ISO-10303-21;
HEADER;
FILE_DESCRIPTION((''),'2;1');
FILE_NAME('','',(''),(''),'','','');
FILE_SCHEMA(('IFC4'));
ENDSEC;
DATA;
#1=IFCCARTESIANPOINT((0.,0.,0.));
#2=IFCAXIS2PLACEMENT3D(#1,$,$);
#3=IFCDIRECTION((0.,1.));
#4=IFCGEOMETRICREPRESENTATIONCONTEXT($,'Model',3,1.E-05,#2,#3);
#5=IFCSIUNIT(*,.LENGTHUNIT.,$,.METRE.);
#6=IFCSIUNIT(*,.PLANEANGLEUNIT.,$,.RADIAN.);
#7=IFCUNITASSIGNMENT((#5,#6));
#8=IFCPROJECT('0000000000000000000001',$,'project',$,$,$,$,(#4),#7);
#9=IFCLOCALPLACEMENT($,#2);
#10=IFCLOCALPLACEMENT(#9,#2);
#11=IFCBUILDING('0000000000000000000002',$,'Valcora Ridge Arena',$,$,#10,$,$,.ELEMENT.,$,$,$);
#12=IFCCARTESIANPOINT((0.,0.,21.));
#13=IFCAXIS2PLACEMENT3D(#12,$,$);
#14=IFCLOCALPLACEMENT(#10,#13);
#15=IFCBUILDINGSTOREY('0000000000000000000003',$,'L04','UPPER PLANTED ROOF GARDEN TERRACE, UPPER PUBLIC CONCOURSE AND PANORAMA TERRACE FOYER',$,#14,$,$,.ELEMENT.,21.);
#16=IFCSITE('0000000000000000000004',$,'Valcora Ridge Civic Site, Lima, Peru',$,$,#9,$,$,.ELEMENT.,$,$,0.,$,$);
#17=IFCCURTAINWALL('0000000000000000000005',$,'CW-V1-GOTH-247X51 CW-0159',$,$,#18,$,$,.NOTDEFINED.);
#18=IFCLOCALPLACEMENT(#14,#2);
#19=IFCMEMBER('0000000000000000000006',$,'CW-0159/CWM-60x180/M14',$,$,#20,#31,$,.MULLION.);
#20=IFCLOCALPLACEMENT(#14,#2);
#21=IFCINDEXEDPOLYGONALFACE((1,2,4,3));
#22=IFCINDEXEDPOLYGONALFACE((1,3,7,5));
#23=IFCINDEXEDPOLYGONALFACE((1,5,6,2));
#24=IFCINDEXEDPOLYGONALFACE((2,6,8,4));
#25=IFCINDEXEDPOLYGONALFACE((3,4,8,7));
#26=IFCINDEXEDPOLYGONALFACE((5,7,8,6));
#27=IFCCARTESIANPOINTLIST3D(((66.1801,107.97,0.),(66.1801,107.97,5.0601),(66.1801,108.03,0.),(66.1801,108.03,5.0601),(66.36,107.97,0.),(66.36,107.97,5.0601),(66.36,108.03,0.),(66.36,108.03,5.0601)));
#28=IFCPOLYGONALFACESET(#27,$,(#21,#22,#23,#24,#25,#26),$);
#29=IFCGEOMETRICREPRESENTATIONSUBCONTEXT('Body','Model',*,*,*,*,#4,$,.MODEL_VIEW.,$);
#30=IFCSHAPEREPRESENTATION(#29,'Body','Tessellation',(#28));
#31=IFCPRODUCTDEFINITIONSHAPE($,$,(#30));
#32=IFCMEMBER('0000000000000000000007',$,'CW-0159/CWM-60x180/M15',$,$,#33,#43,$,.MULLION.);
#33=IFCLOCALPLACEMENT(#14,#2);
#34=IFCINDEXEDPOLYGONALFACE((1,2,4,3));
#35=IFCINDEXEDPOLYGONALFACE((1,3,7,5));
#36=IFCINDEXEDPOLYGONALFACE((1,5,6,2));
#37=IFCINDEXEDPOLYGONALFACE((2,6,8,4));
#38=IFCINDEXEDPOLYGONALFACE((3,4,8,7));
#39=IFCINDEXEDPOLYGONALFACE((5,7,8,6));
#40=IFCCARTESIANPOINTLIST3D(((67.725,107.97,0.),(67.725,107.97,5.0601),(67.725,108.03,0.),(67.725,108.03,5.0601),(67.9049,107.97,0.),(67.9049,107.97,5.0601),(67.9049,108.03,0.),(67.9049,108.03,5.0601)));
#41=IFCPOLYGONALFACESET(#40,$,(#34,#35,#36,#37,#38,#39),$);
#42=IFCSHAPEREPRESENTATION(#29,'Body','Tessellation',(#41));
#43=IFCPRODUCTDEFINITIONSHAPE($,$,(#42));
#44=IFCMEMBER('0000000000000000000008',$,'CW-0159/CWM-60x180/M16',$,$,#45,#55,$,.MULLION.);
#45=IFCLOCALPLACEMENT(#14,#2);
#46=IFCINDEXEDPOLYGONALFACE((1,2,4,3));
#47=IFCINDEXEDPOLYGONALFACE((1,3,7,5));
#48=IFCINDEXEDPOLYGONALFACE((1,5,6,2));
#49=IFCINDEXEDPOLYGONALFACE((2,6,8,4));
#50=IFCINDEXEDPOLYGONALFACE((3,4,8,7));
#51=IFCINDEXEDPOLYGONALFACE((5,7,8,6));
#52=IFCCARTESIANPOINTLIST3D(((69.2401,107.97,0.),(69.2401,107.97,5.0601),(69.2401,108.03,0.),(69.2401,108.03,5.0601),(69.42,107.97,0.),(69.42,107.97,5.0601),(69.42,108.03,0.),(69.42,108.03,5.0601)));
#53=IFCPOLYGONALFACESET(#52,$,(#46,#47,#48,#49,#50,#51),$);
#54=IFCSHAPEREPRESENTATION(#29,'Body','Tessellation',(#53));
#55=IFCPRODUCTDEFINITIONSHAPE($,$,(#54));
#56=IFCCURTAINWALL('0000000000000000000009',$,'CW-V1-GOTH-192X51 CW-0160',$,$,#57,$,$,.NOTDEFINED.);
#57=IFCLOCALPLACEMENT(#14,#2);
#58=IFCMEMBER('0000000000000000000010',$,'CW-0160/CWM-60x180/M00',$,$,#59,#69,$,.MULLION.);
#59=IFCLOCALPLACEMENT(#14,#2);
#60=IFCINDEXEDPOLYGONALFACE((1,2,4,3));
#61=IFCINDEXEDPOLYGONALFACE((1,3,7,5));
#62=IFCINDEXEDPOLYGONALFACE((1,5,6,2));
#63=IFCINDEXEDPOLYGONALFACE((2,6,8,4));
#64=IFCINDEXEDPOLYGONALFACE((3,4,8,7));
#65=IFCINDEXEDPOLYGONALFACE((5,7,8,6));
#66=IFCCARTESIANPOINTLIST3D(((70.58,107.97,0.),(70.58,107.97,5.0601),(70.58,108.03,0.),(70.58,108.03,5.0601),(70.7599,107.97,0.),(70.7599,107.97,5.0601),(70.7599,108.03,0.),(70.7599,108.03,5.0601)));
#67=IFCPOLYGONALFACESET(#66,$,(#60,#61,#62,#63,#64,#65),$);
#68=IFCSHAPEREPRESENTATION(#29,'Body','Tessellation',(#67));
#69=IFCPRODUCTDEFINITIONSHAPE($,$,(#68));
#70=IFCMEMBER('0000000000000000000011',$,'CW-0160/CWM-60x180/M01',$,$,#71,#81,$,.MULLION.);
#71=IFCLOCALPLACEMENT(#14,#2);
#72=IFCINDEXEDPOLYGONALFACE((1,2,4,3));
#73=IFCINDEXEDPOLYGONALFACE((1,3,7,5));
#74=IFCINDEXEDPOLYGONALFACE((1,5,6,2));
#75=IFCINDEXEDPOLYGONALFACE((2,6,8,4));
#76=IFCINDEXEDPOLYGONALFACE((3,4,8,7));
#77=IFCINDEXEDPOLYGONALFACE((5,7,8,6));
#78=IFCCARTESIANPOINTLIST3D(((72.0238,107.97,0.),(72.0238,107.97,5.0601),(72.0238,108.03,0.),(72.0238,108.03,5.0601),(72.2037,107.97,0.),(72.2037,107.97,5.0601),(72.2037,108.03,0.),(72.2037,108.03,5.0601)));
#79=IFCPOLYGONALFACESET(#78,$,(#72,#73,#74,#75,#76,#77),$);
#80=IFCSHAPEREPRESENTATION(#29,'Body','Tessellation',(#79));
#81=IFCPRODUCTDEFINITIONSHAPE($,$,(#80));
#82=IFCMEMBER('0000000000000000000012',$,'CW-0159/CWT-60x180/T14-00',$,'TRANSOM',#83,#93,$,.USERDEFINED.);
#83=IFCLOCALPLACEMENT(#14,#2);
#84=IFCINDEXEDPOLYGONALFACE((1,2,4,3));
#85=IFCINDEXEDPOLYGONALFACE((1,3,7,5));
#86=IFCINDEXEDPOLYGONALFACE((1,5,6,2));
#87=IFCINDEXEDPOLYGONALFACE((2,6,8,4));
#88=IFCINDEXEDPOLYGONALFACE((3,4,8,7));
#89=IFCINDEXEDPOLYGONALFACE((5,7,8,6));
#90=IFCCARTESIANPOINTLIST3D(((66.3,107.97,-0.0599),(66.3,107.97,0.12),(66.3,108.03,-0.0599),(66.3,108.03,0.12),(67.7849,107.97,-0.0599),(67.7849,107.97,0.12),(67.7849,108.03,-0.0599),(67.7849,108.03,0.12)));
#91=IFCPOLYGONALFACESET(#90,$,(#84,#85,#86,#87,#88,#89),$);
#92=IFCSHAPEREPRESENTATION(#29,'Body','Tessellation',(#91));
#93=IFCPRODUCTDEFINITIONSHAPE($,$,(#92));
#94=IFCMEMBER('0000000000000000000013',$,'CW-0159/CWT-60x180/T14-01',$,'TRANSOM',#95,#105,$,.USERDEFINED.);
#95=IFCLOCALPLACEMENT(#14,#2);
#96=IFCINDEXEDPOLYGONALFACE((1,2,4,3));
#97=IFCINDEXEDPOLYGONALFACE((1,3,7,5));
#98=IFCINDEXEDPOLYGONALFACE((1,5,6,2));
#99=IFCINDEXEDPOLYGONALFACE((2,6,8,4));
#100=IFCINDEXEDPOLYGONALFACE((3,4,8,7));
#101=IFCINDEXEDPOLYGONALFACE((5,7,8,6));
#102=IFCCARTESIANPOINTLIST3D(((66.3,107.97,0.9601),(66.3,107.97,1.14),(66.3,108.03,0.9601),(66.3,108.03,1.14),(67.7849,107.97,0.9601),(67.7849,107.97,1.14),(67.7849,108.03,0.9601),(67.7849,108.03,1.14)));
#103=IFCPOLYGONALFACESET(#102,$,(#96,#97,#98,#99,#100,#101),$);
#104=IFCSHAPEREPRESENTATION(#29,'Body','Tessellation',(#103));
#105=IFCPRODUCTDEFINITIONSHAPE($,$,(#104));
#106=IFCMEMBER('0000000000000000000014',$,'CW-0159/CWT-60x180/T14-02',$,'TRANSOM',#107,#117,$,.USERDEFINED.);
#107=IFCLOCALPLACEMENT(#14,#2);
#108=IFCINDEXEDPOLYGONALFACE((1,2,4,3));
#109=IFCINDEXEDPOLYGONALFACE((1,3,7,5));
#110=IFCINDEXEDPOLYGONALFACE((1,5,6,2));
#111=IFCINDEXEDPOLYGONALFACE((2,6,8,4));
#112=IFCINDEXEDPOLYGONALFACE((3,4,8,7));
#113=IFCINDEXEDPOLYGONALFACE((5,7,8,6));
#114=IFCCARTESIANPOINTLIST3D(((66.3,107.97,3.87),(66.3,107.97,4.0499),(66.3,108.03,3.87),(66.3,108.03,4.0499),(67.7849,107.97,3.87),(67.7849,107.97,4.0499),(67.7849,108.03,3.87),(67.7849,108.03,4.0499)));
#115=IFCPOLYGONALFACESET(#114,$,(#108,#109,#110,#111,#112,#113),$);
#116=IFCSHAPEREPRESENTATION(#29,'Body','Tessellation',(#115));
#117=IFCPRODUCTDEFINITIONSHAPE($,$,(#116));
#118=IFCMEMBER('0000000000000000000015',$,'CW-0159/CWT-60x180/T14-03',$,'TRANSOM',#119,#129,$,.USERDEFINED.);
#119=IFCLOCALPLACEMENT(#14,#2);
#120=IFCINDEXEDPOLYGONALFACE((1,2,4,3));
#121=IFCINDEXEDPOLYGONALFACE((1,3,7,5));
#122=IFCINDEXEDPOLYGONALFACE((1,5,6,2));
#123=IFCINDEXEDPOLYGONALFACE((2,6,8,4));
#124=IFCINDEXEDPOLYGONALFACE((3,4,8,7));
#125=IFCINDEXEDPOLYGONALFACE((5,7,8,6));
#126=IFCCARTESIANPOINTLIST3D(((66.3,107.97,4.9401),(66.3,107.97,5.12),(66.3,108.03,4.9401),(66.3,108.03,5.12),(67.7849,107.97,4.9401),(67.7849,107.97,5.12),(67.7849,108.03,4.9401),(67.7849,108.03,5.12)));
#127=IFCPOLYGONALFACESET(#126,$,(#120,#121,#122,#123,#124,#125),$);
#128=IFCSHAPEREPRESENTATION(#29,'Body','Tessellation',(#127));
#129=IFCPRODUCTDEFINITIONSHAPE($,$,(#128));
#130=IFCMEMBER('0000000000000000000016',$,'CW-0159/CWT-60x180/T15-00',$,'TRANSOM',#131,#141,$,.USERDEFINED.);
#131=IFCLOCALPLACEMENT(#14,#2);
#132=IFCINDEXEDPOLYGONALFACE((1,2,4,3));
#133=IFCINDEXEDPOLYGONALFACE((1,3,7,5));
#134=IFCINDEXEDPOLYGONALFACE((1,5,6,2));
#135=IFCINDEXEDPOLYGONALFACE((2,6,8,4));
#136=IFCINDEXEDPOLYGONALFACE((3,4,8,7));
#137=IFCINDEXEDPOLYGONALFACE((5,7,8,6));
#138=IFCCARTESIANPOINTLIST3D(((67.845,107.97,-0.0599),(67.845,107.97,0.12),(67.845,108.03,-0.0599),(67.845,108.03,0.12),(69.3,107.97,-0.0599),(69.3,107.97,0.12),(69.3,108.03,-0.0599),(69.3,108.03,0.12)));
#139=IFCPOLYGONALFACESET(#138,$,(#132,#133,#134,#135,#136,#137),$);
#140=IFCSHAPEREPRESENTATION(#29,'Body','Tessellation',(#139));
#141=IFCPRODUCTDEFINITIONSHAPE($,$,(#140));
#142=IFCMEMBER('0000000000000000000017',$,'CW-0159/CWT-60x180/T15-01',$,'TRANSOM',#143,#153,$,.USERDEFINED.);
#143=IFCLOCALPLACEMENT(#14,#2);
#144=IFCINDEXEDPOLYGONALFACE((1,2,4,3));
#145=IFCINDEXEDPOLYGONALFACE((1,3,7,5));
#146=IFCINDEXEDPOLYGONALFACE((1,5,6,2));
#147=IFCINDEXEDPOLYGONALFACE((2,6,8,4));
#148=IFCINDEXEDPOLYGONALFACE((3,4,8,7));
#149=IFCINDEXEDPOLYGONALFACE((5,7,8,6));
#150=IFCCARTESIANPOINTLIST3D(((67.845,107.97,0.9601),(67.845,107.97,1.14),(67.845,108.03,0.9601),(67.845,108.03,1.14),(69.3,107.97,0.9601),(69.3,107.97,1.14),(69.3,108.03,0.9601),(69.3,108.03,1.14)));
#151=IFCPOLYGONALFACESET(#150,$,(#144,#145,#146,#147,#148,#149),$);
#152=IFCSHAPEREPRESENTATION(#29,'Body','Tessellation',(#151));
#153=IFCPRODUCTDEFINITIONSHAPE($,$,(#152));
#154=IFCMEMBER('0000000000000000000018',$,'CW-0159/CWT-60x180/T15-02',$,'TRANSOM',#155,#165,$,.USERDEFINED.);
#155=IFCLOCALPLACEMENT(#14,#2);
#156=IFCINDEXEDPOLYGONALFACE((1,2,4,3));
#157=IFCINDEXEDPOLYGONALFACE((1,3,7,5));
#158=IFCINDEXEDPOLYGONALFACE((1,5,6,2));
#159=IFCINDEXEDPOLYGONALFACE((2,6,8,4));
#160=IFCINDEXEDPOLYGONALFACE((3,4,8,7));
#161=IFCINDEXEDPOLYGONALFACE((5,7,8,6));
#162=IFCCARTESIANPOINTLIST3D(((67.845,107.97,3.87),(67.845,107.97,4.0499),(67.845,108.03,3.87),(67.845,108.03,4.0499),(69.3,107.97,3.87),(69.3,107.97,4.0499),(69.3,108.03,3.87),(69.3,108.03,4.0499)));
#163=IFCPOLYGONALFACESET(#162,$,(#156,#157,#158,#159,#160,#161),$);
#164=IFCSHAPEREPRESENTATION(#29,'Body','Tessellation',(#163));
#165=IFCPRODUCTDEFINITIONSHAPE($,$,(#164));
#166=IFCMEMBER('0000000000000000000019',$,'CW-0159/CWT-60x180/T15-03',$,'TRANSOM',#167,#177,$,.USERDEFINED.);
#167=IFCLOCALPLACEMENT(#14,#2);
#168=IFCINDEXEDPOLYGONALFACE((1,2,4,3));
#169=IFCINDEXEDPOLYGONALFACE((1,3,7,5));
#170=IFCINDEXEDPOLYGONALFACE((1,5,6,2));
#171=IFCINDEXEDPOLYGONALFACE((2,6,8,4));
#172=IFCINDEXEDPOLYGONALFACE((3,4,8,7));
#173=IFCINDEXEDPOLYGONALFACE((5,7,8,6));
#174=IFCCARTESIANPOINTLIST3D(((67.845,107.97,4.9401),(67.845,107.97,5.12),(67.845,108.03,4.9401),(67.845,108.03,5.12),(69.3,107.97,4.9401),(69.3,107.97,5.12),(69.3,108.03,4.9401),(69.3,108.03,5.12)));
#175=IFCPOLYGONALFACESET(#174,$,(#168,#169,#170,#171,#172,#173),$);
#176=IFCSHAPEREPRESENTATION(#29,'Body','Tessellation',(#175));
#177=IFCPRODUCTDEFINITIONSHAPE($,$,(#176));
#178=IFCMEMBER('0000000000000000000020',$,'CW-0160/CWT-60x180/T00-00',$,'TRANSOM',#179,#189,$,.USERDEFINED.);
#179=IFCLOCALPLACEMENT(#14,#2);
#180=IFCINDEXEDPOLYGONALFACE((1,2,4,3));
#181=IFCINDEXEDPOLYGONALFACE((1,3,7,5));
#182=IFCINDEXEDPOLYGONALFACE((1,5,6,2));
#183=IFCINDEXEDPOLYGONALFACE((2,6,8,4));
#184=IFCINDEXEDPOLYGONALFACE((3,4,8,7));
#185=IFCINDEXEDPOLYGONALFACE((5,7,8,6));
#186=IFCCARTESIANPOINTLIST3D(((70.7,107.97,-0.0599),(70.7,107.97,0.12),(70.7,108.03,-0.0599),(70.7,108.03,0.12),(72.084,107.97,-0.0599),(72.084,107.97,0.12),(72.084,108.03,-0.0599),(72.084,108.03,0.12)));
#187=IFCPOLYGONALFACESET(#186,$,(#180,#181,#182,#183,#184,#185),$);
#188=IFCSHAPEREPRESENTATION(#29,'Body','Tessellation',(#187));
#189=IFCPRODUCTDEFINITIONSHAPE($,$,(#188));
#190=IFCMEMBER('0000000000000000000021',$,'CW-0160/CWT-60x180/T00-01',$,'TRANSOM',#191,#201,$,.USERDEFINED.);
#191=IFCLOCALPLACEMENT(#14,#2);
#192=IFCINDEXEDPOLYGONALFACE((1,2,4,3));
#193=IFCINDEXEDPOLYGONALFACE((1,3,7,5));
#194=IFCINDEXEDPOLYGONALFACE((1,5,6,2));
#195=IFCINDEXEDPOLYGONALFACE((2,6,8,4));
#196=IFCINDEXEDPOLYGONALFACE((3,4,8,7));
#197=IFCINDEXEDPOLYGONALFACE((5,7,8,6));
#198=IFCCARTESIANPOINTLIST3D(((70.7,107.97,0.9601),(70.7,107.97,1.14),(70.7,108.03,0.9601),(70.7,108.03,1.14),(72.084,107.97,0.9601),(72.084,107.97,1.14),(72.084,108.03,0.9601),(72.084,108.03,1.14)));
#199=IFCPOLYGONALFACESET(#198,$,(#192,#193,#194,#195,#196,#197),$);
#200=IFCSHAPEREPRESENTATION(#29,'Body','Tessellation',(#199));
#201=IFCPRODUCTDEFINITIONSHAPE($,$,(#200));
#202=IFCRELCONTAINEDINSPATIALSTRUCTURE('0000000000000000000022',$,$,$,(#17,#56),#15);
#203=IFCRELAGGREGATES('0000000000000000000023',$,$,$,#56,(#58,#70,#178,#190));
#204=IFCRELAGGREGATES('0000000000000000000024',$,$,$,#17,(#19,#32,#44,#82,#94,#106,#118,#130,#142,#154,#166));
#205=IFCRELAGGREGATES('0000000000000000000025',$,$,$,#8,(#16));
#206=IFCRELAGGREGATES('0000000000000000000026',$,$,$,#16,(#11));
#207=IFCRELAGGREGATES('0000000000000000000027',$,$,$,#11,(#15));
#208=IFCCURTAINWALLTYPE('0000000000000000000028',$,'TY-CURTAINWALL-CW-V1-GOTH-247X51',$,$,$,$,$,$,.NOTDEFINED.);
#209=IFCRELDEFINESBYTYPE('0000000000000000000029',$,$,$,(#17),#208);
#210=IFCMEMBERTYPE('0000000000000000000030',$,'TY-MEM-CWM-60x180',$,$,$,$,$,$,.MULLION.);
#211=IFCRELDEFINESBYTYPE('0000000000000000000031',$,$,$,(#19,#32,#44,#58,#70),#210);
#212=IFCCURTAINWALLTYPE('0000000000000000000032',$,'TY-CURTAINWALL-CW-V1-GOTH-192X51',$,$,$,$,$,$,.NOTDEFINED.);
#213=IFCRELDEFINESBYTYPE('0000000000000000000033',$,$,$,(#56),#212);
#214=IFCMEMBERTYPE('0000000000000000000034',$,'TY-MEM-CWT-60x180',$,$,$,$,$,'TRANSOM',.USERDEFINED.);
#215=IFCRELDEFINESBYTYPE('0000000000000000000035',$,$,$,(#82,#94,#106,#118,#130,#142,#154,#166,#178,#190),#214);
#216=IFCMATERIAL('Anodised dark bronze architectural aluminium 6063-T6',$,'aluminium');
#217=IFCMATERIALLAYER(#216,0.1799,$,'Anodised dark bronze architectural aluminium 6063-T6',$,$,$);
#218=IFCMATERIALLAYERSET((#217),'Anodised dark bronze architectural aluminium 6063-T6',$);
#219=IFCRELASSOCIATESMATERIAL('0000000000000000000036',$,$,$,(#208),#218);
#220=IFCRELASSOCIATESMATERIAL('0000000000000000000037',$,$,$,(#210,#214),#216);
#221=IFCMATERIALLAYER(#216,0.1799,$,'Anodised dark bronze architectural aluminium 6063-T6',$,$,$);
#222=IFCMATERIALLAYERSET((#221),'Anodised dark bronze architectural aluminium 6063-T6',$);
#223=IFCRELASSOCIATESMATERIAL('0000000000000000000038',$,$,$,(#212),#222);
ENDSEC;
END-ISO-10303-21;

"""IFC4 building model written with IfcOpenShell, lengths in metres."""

from ifc_helpers import new_model, si_unit, direction, frame, origin, origin_2d, place, context, subcontext, project, spatial, rectangle, extrude, material, layer, layer_set, material_profile, profile_set, type_object, element, aggregate, save


model = new_model("IFC4")

# Units and contexts
model_context = context("Model", 3, precision=1e-05, world=origin(), true_north=direction((0.0, 1.0)))
body_context = subcontext(model_context, "Body", "Model", "MODEL_VIEW")
ifc_project = project(units=[si_unit("LENGTHUNIT", "METRE"), si_unit("PLANEANGLEUNIT", "RADIAN")], contexts=[model_context])

# Site, building, storey
site_placement = place(None, origin())
site = spatial("IfcSite", under=ifc_project, at=site_placement, Name="Valcora Ridge Civic Site, Lima, Peru", CompositionType="ELEMENT", RefElevation=0.0)
building_placement = place(site_placement, origin())
building = spatial("IfcBuilding", under=site, at=building_placement, Name="Valcora Ridge Arena", CompositionType="ELEMENT")
storey_placement = place(building_placement, frame((0.0, 0.0, 21.0)))
storey = spatial("IfcBuildingStorey", under=building, at=storey_placement, Name="L04", Description="UPPER PLANTED ROOF GARDEN TERRACE, UPPER PUBLIC CONCOURSE AND PANORAMA TERRACE FOYER", CompositionType="ELEMENT", Elevation=21.0)

# Curtain walls, members
ifc_material_1 = material(Name="Anodised dark bronze architectural aluminium 6063-T6", Category="aluminium")
ifc_layer_1 = layer(ifc_material_1, 0.1799, Name="Anodised dark bronze architectural aluminium 6063-T6")
ifc_layer_set_1 = layer_set([ifc_layer_1], Name="Anodised dark bronze architectural aluminium 6063-T6")
curtain_wall_type_1 = type_object("IfcCurtainWallType", Name="TY-CURTAINWALL-CW-V1-GOTH-247X51", PredefinedType="NOTDEFINED", material=ifc_layer_set_1)
curtain_wall_1_placement = place(storey_placement, origin())
curtain_wall_1 = element("IfcCurtainWall", 1, at=curtain_wall_1_placement, inside=storey, type_object=curtain_wall_type_1, Name="CW-V1-GOTH-247X51 CW-0159", PredefinedType="NOTDEFINED")
ifc_material_profile_1 = material_profile(ifc_material_1, rectangle(XDim=0.0601, YDim=0.1799, at=origin_2d()), Name="ALU MULLION 60x180")
ifc_profile_set_1 = profile_set([ifc_material_profile_1], Name="Anodised dark bronze architectural aluminium 6063-T6")
member_type_1 = type_object("IfcMemberType", Name="TY-MEM-CWM-60x180", PredefinedType="MULLION", material=ifc_profile_set_1)
member_1_placement = place(storey_placement, frame((66.27, 108.0, 0.0), z_axis=(0.0, 0.0, 1.0), x_axis=(0.0, 1.0, 0.0)))
member_1 = element("IfcMember", 2, at=member_1_placement, type_object=member_type_1, Name="CW-0159/CWM-60x180/M14", PredefinedType="MULLION", context=body_context, shape_type="SweptSolid", body=[
    extrude(rectangle(XDim=0.0601, YDim=0.1799, at=origin_2d()), origin(), (0.0, 0.0, 1.0), 5.0601),
])
member_2_placement = place(storey_placement, frame((67.8149, 108.0, 0.0), z_axis=(0.0, 0.0, 1.0), x_axis=(0.0, 1.0, 0.0)))
member_2 = element("IfcMember", 3, at=member_2_placement, type_object=member_type_1, Name="CW-0159/CWM-60x180/M15", PredefinedType="MULLION", context=body_context, shape_type="SweptSolid", body=[
    extrude(rectangle(XDim=0.0601, YDim=0.1799, at=origin_2d()), origin(), (0.0, 0.0, 1.0), 5.0601),
])
member_3_placement = place(storey_placement, frame((69.3301, 108.0, 0.0), z_axis=(0.0, 0.0, 1.0), x_axis=(0.0, 1.0, 0.0)))
member_3 = element("IfcMember", 4, at=member_3_placement, type_object=member_type_1, Name="CW-0159/CWM-60x180/M16", PredefinedType="MULLION", context=body_context, shape_type="SweptSolid", body=[
    extrude(rectangle(XDim=0.0601, YDim=0.1799, at=origin_2d()), origin(), (0.0, 0.0, 1.0), 5.0601),
])
ifc_layer_2 = layer(ifc_material_1, 0.1799, Name="Anodised dark bronze architectural aluminium 6063-T6")
ifc_layer_set_2 = layer_set([ifc_layer_2], Name="Anodised dark bronze architectural aluminium 6063-T6")
curtain_wall_type_2 = type_object("IfcCurtainWallType", Name="TY-CURTAINWALL-CW-V1-GOTH-192X51", PredefinedType="NOTDEFINED", material=ifc_layer_set_2)
curtain_wall_2_placement = place(storey_placement, origin())
curtain_wall_2 = element("IfcCurtainWall", 5, at=curtain_wall_2_placement, inside=storey, type_object=curtain_wall_type_2, Name="CW-V1-GOTH-192X51 CW-0160", PredefinedType="NOTDEFINED")
member_4_placement = place(storey_placement, frame((70.6699, 108.0, 0.0), z_axis=(0.0, 0.0, 1.0), x_axis=(0.0, 1.0, 0.0)))
member_4 = element("IfcMember", 6, at=member_4_placement, type_object=member_type_1, Name="CW-0160/CWM-60x180/M00", PredefinedType="MULLION", context=body_context, shape_type="SweptSolid", body=[
    extrude(rectangle(XDim=0.0601, YDim=0.1799, at=origin_2d()), origin(), (0.0, 0.0, 1.0), 5.0601),
])
member_5_placement = place(storey_placement, frame((72.1138, 108.0, 0.0), z_axis=(0.0, 0.0, 1.0), x_axis=(0.0, 1.0, 0.0)))
member_5 = element("IfcMember", 7, at=member_5_placement, type_object=member_type_1, Name="CW-0160/CWM-60x180/M01", PredefinedType="MULLION", context=body_context, shape_type="SweptSolid", body=[
    extrude(rectangle(XDim=0.0601, YDim=0.1799, at=origin_2d()), origin(), (0.0, 0.0, 1.0), 5.0601),
])

# Members
ifc_material_profile_2 = material_profile(ifc_material_1, rectangle(XDim=0.0601, YDim=0.1799, at=origin_2d()), Name="ALU TRANSOM 60x180")
ifc_profile_set_2 = profile_set([ifc_material_profile_2], Name="Anodised dark bronze architectural aluminium 6063-T6")
member_type_2 = type_object("IfcMemberType", Name="TY-MEM-CWT-60x180", ElementType="TRANSOM", PredefinedType="USERDEFINED", material=ifc_profile_set_2)
member_6_placement = place(storey_placement, frame((66.3, 108.0, 0.03), z_axis=(1.0, 0.0, 0.0), x_axis=(0.0, 1.0, 0.0)))
member_6 = element("IfcMember", 8, at=member_6_placement, type_object=member_type_2, Name="CW-0159/CWT-60x180/T14-00", ObjectType="TRANSOM", PredefinedType="USERDEFINED", context=body_context, shape_type="SweptSolid", body=[
    extrude(rectangle(XDim=0.0601, YDim=0.1799, at=origin_2d()), origin(), (0.0, 0.0, 1.0), 1.4849),
])
member_7_placement = place(storey_placement, frame((66.3, 108.0, 1.05), z_axis=(1.0, 0.0, 0.0), x_axis=(0.0, 1.0, 0.0)))
member_7 = element("IfcMember", 9, at=member_7_placement, type_object=member_type_2, Name="CW-0159/CWT-60x180/T14-01", ObjectType="TRANSOM", PredefinedType="USERDEFINED", context=body_context, shape_type="SweptSolid", body=[
    extrude(rectangle(XDim=0.0601, YDim=0.1799, at=origin_2d()), origin(), (0.0, 0.0, 1.0), 1.4849),
])
member_8_placement = place(storey_placement, frame((66.3, 108.0, 3.96), z_axis=(1.0, 0.0, 0.0), x_axis=(0.0, 1.0, 0.0)))
member_8 = element("IfcMember", 10, at=member_8_placement, type_object=member_type_2, Name="CW-0159/CWT-60x180/T14-02", ObjectType="TRANSOM", PredefinedType="USERDEFINED", context=body_context, shape_type="SweptSolid", body=[
    extrude(rectangle(XDim=0.0601, YDim=0.1799, at=origin_2d()), origin(), (0.0, 0.0, 1.0), 1.4849),
])
member_9_placement = place(storey_placement, frame((66.3, 108.0, 5.03), z_axis=(1.0, 0.0, 0.0), x_axis=(0.0, 1.0, 0.0)))
member_9 = element("IfcMember", 11, at=member_9_placement, type_object=member_type_2, Name="CW-0159/CWT-60x180/T14-03", ObjectType="TRANSOM", PredefinedType="USERDEFINED", context=body_context, shape_type="SweptSolid", body=[
    extrude(rectangle(XDim=0.0601, YDim=0.1799, at=origin_2d()), origin(), (0.0, 0.0, 1.0), 1.4849),
])
member_10_placement = place(storey_placement, frame((67.845, 108.0, 0.03), z_axis=(1.0, 0.0, 0.0), x_axis=(0.0, 1.0, 0.0)))
member_10 = element("IfcMember", 12, at=member_10_placement, type_object=member_type_2, Name="CW-0159/CWT-60x180/T15-00", ObjectType="TRANSOM", PredefinedType="USERDEFINED", context=body_context, shape_type="SweptSolid", body=[
    extrude(rectangle(XDim=0.0601, YDim=0.1799, at=origin_2d()), origin(), (0.0, 0.0, 1.0), 1.4551),
])
member_11_placement = place(storey_placement, frame((67.845, 108.0, 1.05), z_axis=(1.0, 0.0, 0.0), x_axis=(0.0, 1.0, 0.0)))
member_11 = element("IfcMember", 13, at=member_11_placement, type_object=member_type_2, Name="CW-0159/CWT-60x180/T15-01", ObjectType="TRANSOM", PredefinedType="USERDEFINED", context=body_context, shape_type="SweptSolid", body=[
    extrude(rectangle(XDim=0.0601, YDim=0.1799, at=origin_2d()), origin(), (0.0, 0.0, 1.0), 1.4551),
])
member_12_placement = place(storey_placement, frame((67.845, 108.0, 3.96), z_axis=(1.0, 0.0, 0.0), x_axis=(0.0, 1.0, 0.0)))
member_12 = element("IfcMember", 14, at=member_12_placement, type_object=member_type_2, Name="CW-0159/CWT-60x180/T15-02", ObjectType="TRANSOM", PredefinedType="USERDEFINED", context=body_context, shape_type="SweptSolid", body=[
    extrude(rectangle(XDim=0.0601, YDim=0.1799, at=origin_2d()), origin(), (0.0, 0.0, 1.0), 1.4551),
])
member_13_placement = place(storey_placement, frame((67.845, 108.0, 5.03), z_axis=(1.0, 0.0, 0.0), x_axis=(0.0, 1.0, 0.0)))
member_13 = element("IfcMember", 15, at=member_13_placement, type_object=member_type_2, Name="CW-0159/CWT-60x180/T15-03", ObjectType="TRANSOM", PredefinedType="USERDEFINED", context=body_context, shape_type="SweptSolid", body=[
    extrude(rectangle(XDim=0.0601, YDim=0.1799, at=origin_2d()), origin(), (0.0, 0.0, 1.0), 1.4551),
])
member_14_placement = place(storey_placement, frame((70.7, 108.0, 0.03), z_axis=(1.0, 0.0, 0.0), x_axis=(0.0, 1.0, 0.0)))
member_14 = element("IfcMember", 16, at=member_14_placement, type_object=member_type_2, Name="CW-0160/CWT-60x180/T00-00", ObjectType="TRANSOM", PredefinedType="USERDEFINED", context=body_context, shape_type="SweptSolid", body=[
    extrude(rectangle(XDim=0.0601, YDim=0.1799, at=origin_2d()), origin(), (0.0, 0.0, 1.0), 1.384),
])
member_15_placement = place(storey_placement, frame((70.7, 108.0, 1.05), z_axis=(1.0, 0.0, 0.0), x_axis=(0.0, 1.0, 0.0)))
member_15 = element("IfcMember", 17, at=member_15_placement, type_object=member_type_2, Name="CW-0160/CWT-60x180/T00-01", ObjectType="TRANSOM", PredefinedType="USERDEFINED", context=body_context, shape_type="SweptSolid", body=[
    extrude(rectangle(XDim=0.0601, YDim=0.1799, at=origin_2d()), origin(), (0.0, 0.0, 1.0), 1.384),
])

aggregate(curtain_wall_2, [member_4, member_5, member_14, member_15])
aggregate(curtain_wall_1, [member_1, member_2, member_3, member_6, member_7, member_8, member_9, member_10, member_11, member_12, member_13])

save(model, "model.ifc")
